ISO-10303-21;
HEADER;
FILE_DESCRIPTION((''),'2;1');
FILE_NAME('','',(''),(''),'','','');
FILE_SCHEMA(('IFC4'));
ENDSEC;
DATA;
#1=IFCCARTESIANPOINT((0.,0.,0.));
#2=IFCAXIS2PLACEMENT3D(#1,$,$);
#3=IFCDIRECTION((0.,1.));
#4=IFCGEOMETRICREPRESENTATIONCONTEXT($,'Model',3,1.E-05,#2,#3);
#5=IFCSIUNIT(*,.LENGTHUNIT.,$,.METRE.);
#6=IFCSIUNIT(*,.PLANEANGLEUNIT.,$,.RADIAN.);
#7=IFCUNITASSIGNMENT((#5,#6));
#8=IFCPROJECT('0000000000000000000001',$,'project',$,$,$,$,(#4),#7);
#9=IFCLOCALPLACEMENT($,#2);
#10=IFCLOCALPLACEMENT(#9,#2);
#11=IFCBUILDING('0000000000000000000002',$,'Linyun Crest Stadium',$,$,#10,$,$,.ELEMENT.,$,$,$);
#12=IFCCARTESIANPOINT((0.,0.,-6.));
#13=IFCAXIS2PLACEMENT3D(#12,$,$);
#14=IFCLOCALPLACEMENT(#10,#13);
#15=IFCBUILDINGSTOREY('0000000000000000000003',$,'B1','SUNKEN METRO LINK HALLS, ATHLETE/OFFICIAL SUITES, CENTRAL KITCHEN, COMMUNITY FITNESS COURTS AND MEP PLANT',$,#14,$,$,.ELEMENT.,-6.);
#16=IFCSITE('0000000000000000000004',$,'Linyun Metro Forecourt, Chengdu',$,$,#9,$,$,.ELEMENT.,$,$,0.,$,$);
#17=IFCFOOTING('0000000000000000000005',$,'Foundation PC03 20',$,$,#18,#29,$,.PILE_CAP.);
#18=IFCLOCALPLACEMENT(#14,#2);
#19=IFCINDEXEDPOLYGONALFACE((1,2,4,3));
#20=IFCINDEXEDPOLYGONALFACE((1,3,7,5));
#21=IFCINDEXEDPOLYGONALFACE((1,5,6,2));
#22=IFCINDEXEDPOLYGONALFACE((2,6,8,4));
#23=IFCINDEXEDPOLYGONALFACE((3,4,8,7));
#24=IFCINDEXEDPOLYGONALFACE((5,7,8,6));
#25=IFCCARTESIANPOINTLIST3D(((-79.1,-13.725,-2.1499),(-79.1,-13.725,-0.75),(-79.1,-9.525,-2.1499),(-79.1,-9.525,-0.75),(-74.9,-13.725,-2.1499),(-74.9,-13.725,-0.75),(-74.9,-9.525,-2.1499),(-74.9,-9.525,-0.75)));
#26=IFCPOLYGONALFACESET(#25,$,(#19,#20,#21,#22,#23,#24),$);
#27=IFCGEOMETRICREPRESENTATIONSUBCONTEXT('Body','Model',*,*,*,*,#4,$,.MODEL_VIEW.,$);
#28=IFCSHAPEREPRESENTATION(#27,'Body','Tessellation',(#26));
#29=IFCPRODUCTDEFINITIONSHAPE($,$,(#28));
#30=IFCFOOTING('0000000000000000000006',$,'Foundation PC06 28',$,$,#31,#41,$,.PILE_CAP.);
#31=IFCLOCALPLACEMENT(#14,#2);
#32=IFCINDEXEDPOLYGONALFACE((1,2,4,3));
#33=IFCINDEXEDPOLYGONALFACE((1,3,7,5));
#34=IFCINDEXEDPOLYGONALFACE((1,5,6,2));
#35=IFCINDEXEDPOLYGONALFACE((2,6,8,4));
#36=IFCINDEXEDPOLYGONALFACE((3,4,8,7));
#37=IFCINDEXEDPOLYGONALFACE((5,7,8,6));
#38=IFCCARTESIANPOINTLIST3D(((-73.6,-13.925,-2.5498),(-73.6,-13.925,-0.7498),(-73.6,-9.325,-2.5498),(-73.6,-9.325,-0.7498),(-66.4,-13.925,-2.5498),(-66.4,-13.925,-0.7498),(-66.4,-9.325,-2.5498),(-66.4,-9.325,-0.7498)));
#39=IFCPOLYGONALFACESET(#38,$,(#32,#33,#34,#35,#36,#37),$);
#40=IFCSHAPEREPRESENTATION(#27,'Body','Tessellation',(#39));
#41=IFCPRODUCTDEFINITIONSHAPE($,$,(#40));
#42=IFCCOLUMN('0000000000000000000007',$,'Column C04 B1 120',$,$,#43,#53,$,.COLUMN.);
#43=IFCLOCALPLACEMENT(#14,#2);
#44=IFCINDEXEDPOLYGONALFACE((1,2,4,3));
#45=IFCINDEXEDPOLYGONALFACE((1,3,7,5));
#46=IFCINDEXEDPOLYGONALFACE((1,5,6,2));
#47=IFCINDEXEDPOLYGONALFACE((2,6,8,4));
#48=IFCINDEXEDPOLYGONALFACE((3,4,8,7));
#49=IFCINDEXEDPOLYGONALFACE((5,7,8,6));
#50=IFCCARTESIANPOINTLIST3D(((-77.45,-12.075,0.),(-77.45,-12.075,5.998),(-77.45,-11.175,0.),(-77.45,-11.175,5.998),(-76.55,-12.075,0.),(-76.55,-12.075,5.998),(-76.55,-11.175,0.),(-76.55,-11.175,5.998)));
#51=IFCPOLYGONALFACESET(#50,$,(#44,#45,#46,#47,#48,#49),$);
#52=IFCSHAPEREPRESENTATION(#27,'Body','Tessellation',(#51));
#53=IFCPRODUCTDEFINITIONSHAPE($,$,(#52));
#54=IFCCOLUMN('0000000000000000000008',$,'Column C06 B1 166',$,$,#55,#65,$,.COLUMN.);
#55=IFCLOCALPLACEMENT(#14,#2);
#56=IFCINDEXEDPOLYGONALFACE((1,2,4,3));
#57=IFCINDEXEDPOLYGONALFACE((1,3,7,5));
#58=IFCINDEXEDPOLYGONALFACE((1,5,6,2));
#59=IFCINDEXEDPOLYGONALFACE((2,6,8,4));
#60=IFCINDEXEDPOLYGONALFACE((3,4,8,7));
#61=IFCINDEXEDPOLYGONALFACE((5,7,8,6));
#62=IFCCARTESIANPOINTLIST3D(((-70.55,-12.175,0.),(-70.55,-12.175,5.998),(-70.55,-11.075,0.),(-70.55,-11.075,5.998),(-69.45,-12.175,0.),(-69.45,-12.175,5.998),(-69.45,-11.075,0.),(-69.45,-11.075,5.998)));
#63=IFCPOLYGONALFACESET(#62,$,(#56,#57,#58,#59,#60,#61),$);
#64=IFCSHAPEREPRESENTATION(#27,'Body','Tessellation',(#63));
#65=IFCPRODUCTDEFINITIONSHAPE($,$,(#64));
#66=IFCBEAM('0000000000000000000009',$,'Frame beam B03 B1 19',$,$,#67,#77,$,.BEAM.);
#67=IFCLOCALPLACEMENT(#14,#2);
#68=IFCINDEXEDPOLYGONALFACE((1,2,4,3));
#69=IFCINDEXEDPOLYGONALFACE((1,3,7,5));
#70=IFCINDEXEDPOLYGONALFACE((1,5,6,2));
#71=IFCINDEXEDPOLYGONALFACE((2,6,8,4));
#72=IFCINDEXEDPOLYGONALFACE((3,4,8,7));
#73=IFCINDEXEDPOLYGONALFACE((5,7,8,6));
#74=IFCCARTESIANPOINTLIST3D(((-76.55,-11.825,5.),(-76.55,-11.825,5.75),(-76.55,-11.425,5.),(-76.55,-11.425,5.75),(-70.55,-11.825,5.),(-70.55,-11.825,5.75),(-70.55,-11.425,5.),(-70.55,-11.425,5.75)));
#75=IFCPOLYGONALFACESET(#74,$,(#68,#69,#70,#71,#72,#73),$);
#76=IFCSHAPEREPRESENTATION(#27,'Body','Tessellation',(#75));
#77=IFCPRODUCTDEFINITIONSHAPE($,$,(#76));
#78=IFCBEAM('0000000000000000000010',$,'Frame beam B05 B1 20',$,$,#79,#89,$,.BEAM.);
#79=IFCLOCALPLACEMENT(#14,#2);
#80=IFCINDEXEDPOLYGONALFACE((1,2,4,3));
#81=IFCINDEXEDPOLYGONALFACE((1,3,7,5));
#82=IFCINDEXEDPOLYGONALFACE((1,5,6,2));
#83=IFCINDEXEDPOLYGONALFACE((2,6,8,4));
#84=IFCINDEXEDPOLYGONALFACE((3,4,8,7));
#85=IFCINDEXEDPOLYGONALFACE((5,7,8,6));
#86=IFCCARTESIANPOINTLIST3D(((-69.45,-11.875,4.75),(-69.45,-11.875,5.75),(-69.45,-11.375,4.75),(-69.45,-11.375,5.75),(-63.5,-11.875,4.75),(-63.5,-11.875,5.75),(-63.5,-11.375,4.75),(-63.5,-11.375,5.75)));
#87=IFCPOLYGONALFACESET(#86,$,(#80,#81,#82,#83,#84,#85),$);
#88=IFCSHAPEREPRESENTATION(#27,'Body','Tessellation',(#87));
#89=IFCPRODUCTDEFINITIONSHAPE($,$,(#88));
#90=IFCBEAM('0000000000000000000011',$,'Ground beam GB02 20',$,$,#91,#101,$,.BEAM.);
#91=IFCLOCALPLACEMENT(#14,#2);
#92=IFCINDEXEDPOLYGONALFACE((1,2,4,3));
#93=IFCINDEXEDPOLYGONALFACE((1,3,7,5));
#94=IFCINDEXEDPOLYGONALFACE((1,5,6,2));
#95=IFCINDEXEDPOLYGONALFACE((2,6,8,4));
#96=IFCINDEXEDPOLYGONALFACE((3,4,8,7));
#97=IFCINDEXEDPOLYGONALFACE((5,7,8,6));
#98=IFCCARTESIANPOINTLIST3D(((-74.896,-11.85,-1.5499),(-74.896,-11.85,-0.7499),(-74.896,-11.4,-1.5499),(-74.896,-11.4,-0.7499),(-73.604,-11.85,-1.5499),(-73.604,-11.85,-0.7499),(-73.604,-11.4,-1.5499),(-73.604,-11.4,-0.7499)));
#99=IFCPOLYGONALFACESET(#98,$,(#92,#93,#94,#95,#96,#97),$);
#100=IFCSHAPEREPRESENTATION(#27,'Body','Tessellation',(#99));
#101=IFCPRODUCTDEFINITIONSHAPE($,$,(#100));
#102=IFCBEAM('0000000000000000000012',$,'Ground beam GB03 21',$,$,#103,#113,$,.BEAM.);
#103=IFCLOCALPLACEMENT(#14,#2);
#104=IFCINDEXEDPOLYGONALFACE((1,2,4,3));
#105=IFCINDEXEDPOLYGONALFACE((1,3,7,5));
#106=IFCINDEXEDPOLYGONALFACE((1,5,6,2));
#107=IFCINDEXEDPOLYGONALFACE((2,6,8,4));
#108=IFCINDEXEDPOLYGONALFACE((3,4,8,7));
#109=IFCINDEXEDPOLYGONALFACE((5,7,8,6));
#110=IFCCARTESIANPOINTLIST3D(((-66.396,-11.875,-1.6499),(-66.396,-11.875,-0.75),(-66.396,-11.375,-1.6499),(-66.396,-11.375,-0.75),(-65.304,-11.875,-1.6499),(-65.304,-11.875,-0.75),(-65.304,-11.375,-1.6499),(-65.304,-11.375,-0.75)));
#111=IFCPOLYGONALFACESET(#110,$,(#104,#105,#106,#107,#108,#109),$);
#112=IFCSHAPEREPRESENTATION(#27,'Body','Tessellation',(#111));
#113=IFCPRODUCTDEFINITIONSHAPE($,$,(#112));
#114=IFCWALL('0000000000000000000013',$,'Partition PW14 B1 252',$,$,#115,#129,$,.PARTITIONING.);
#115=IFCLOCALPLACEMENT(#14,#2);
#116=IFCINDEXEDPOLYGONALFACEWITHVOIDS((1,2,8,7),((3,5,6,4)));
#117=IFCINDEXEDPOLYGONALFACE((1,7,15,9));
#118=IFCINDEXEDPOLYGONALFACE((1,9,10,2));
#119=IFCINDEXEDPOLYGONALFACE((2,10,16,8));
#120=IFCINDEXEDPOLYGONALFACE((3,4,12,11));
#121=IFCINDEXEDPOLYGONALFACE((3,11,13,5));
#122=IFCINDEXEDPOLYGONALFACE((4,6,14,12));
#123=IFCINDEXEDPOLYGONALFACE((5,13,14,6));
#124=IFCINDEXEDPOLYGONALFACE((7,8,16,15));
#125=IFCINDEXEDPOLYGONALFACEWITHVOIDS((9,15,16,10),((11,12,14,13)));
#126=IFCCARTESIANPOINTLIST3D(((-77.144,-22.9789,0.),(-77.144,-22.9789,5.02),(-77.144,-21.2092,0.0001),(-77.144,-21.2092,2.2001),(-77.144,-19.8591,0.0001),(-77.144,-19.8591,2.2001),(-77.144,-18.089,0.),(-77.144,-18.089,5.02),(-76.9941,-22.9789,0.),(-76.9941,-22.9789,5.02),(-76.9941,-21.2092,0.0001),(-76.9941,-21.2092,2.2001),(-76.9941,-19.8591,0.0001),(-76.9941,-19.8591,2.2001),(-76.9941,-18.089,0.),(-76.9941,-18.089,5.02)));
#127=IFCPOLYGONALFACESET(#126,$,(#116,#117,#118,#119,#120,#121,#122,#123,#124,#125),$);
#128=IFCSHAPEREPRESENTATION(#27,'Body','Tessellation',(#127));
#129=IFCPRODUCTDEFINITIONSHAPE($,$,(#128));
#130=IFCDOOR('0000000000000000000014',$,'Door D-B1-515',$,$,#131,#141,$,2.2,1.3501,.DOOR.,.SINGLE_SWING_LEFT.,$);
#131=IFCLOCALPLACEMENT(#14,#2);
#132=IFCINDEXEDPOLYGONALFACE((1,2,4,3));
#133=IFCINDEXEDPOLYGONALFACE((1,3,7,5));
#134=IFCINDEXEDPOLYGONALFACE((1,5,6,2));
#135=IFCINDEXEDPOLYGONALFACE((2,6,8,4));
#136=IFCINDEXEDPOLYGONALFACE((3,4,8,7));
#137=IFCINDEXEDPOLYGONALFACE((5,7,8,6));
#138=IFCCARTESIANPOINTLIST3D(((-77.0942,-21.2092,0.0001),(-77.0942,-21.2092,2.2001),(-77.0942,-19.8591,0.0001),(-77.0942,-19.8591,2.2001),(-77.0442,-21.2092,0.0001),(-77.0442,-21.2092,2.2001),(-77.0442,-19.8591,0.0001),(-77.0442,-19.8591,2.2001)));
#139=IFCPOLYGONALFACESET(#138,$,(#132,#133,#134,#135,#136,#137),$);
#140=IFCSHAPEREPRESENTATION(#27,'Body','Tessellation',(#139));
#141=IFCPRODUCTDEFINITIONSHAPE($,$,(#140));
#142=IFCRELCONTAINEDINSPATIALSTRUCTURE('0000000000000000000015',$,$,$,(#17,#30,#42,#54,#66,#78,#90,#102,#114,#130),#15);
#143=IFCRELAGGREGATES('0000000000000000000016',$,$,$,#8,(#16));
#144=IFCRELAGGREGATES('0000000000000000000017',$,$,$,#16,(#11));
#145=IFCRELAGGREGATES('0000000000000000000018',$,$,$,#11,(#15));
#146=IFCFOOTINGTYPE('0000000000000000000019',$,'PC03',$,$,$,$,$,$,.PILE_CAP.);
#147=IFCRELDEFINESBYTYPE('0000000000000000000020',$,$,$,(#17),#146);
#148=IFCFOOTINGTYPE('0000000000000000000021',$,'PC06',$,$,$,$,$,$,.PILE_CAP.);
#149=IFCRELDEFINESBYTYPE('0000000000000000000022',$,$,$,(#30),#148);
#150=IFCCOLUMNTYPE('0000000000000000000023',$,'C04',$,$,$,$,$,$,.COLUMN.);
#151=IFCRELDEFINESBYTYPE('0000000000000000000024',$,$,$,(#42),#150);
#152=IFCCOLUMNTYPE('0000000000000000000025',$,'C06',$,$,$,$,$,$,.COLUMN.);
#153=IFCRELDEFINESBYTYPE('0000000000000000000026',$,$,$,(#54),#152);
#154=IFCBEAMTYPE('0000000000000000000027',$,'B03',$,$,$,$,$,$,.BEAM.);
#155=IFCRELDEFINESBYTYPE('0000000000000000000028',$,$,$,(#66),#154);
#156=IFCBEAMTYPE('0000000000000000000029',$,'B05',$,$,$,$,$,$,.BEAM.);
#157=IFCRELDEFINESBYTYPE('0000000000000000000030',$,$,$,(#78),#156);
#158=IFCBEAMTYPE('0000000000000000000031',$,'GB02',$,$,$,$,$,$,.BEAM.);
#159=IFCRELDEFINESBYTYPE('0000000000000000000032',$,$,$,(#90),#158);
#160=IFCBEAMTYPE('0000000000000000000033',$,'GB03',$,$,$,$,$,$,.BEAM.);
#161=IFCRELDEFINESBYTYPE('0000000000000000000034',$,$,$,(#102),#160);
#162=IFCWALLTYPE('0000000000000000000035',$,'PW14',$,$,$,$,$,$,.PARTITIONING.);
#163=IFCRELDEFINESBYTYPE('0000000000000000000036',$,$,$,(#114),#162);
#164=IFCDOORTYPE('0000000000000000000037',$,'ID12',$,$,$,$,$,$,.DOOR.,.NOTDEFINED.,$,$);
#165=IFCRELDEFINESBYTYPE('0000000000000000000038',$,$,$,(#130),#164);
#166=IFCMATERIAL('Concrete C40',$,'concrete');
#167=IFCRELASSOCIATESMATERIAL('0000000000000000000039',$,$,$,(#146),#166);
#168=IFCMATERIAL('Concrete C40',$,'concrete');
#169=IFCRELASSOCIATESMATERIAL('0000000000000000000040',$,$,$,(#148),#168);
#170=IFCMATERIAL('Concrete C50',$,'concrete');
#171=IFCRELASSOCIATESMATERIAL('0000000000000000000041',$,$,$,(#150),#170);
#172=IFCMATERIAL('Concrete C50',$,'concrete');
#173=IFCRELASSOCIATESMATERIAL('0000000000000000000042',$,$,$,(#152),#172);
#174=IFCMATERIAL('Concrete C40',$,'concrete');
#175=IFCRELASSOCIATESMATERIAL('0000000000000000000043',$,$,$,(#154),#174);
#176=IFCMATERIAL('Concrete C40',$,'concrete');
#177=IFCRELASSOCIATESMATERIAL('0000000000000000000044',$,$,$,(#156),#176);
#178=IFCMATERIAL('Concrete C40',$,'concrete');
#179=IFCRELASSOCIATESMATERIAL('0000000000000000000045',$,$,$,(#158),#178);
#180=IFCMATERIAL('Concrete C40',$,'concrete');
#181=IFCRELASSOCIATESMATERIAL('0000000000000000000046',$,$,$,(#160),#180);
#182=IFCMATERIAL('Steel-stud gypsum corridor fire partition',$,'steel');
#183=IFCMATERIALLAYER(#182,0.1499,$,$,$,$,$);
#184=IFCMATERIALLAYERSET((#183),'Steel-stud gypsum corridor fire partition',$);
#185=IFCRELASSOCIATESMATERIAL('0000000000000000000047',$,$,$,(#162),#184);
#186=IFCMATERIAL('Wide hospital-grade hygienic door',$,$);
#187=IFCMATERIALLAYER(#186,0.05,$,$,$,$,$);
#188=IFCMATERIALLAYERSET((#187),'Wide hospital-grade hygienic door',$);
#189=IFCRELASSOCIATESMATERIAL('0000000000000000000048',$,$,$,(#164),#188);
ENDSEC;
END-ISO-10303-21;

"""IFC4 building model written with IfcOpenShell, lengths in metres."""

from ifc_helpers import new_model, si_unit, direction, frame, frame_2d, origin, origin_2d, place, context, subcontext, project, spatial, rectangle, extrude, material, layer, layer_set, material_profile, profile_set, type_object, element, fill, save


model = new_model("IFC4")

# Units and contexts
model_context = context("Model", 3, precision=1e-05, world=origin(), true_north=direction((0.0, 1.0)))
body_context = subcontext(model_context, "Body", "Model", "MODEL_VIEW")
ifc_project = project(units=[si_unit("LENGTHUNIT", "METRE"), si_unit("PLANEANGLEUNIT", "RADIAN")], contexts=[model_context])

# Site, building, storey
site_placement = place(None, origin())
site = spatial("IfcSite", under=ifc_project, at=site_placement, Name="Linyun Metro Forecourt, Chengdu", CompositionType="ELEMENT", RefElevation=0.0)
building_placement = place(site_placement, origin())
building = spatial("IfcBuilding", under=site, at=building_placement, Name="Linyun Crest Stadium", CompositionType="ELEMENT")
storey_placement = place(building_placement, frame((0.0, 0.0, -6.0)))
storey = spatial("IfcBuildingStorey", under=building, at=storey_placement, Name="B1", Description="SUNKEN METRO LINK HALLS, ATHLETE/OFFICIAL SUITES, CENTRAL KITCHEN, COMMUNITY FITNESS COURTS AND MEP PLANT", CompositionType="ELEMENT", Elevation=-6.0)

# Footings
ifc_material_1 = material(Name="Concrete C40", Category="concrete")
footing_type_1 = type_object("IfcFootingType", Name="PC03", PredefinedType="PILE_CAP", material=ifc_material_1)
footing_1_placement = place(storey_placement, frame((-77.0, -11.625, -2.1499), z_axis=(0.0, 0.0, 1.0), x_axis=(1.0, 0.0, 0.0)))
element("IfcFooting", 1, at=footing_1_placement, inside=storey, type_object=footing_type_1, Name="Foundation PC03 20", PredefinedType="PILE_CAP", context=body_context, shape_type="SweptSolid", body=[
    extrude(rectangle(XDim=4.2, YDim=4.2, at=origin_2d()), origin(), (0.0, 0.0, 1.0), 1.3999),
])
ifc_material_2 = material(Name="Concrete C40", Category="concrete")
footing_type_2 = type_object("IfcFootingType", Name="PC06", PredefinedType="PILE_CAP", material=ifc_material_2)
footing_2_placement = place(storey_placement, frame((-70.0, -11.625, -2.5498), z_axis=(0.0, 0.0, 1.0), x_axis=(1.0, 0.0, 0.0)))
element("IfcFooting", 2, at=footing_2_placement, inside=storey, type_object=footing_type_2, Name="Foundation PC06 28", PredefinedType="PILE_CAP", context=body_context, shape_type="SweptSolid", body=[
    extrude(rectangle(XDim=7.2, YDim=4.6001, at=origin_2d()), origin(), (0.0, 0.0, 1.0), 1.8),
])

# Columns
ifc_material_3 = material(Name="Concrete C50", Category="concrete")
ifc_material_profile_1 = material_profile(ifc_material_3, rectangle(XDim=0.8999, YDim=0.8999, at=origin_2d()), Name="RC 900x900")
ifc_profile_set_1 = profile_set([ifc_material_profile_1], Name="Concrete C50")
column_type_1 = type_object("IfcColumnType", Name="C04", PredefinedType="COLUMN", material=ifc_profile_set_1)
column_1_placement = place(storey_placement, frame((-77.0, -11.625, 0.0), z_axis=(0.0, 0.0, 1.0), x_axis=(1.0, 0.0, 0.0)))
element("IfcColumn", 3, at=column_1_placement, inside=storey, type_object=column_type_1, Name="Column C04 B1 120", PredefinedType="COLUMN", context=body_context, shape_type="SweptSolid", body=[
    extrude(rectangle(XDim=0.8999, YDim=0.8999, at=origin_2d()), origin(), (0.0, 0.0, 1.0), 5.998),
])
ifc_material_4 = material(Name="Concrete C50", Category="concrete")
ifc_material_profile_2 = material_profile(ifc_material_4, rectangle(XDim=1.1001, YDim=1.1001, at=origin_2d()), Name="RC 1100x1100")
ifc_profile_set_2 = profile_set([ifc_material_profile_2], Name="Concrete C50")
column_type_2 = type_object("IfcColumnType", Name="C06", PredefinedType="COLUMN", material=ifc_profile_set_2)
column_2_placement = place(storey_placement, frame((-70.0, -11.625, 0.0), z_axis=(0.0, 0.0, 1.0), x_axis=(1.0, 0.0, 0.0)))
element("IfcColumn", 4, at=column_2_placement, inside=storey, type_object=column_type_2, Name="Column C06 B1 166", PredefinedType="COLUMN", context=body_context, shape_type="SweptSolid", body=[
    extrude(rectangle(XDim=1.1001, YDim=1.1001, at=origin_2d()), origin(), (0.0, 0.0, 1.0), 5.998),
])

# Beams
ifc_material_5 = material(Name="Concrete C40", Category="concrete")
ifc_material_profile_3 = material_profile(ifc_material_5, rectangle(XDim=0.3999, YDim=0.75, at=origin_2d()), Name="RCB 750x400")
ifc_profile_set_3 = profile_set([ifc_material_profile_3], Name="Concrete C40")
beam_type_1 = type_object("IfcBeamType", Name="B03", PredefinedType="BEAM", material=ifc_profile_set_3)
beam_1_placement = place(storey_placement, frame((-76.55, -11.625, 5.375), z_axis=(1.0, 0.0, 0.0), x_axis=(0.0, 1.0, 0.0)))
element("IfcBeam", 5, at=beam_1_placement, inside=storey, type_object=beam_type_1, Name="Frame beam B03 B1 19", PredefinedType="BEAM", context=body_context, shape_type="SweptSolid", body=[
    extrude(rectangle(XDim=0.3999, YDim=0.75, at=origin_2d()), origin(), (0.0, 0.0, 1.0), 6.0),
])
ifc_material_6 = material(Name="Concrete C40", Category="concrete")
ifc_material_profile_4 = material_profile(ifc_material_6, rectangle(XDim=0.5, YDim=1.0, at=origin_2d()), Name="RCB 1000x500")
ifc_profile_set_4 = profile_set([ifc_material_profile_4], Name="Concrete C40")
beam_type_2 = type_object("IfcBeamType", Name="B05", PredefinedType="BEAM", material=ifc_profile_set_4)
beam_2_placement = place(storey_placement, frame((-69.45, -11.625, 5.25), z_axis=(1.0, 0.0, 0.0), x_axis=(0.0, 1.0, 0.0)))
element("IfcBeam", 6, at=beam_2_placement, inside=storey, type_object=beam_type_2, Name="Frame beam B05 B1 20", PredefinedType="BEAM", context=body_context, shape_type="SweptSolid", body=[
    extrude(rectangle(XDim=0.5, YDim=1.0, at=origin_2d()), origin(), (0.0, 0.0, 1.0), 5.95),
])
ifc_material_7 = material(Name="Concrete C40", Category="concrete")
ifc_material_profile_5 = material_profile(ifc_material_7, rectangle(XDim=0.45, YDim=0.8, at=origin_2d()), Name="RCB 800x450")
ifc_profile_set_5 = profile_set([ifc_material_profile_5], Name="Concrete C40")
beam_type_3 = type_object("IfcBeamType", Name="GB02", PredefinedType="BEAM", material=ifc_profile_set_5)
beam_3_placement = place(storey_placement, frame((-74.896, -11.625, -1.1499), z_axis=(1.0, 0.0, 0.0), x_axis=(0.0, 1.0, 0.0)))
element("IfcBeam", 7, at=beam_3_placement, inside=storey, type_object=beam_type_3, Name="Ground beam GB02 20", PredefinedType="BEAM", context=body_context, shape_type="SweptSolid", body=[
    extrude(rectangle(XDim=0.45, YDim=0.8, at=origin_2d()), origin(), (0.0, 0.0, 1.0), 1.292),
])
ifc_material_8 = material(Name="Concrete C40", Category="concrete")
ifc_material_profile_6 = material_profile(ifc_material_8, rectangle(XDim=0.5, YDim=0.8999, at=origin_2d()), Name="RCB 900x500")
ifc_profile_set_6 = profile_set([ifc_material_profile_6], Name="Concrete C40")
beam_type_4 = type_object("IfcBeamType", Name="GB03", PredefinedType="BEAM", material=ifc_profile_set_6)
beam_4_placement = place(storey_placement, frame((-66.396, -11.625, -1.2), z_axis=(1.0, 0.0, 0.0), x_axis=(0.0, 1.0, 0.0)))
element("IfcBeam", 8, at=beam_4_placement, inside=storey, type_object=beam_type_4, Name="Ground beam GB03 21", PredefinedType="BEAM", context=body_context, shape_type="SweptSolid", body=[
    extrude(rectangle(XDim=0.5, YDim=0.8999, at=origin_2d()), origin(), (0.0, 0.0, 1.0), 1.092),
])

# Wall, opening, door
ifc_material_9 = material(Name="Steel-stud gypsum corridor fire partition", Category="steel")
ifc_layer_1 = layer(ifc_material_9, 0.1499)
ifc_layer_set_1 = layer_set([ifc_layer_1], Name="Steel-stud gypsum corridor fire partition")
wall_type_1 = type_object("IfcWallType", Name="PW14", PredefinedType="PARTITIONING", material=ifc_layer_set_1)
wall_1_placement = place(storey_placement, frame((-77.0691, -18.0891, 0.0), z_axis=(0.0, 0.0, 1.0), x_axis=(0.0, -1.0, 0.0)))
wall_1 = element("IfcWall", 9, at=wall_1_placement, inside=storey, type_object=wall_type_1, Name="Partition PW14 B1 252", PredefinedType="PARTITIONING", context=body_context, shape_type="SweptSolid", body=[
    extrude(rectangle(XDim=4.8899, YDim=0.1499, at=frame_2d((2.4448, 0.0))), origin(), (0.0, 0.0, 1.0), 5.02),
])
opening_1_placement = place(wall_1_placement, frame((1.77, 0.0, 0.0)))
opening_1 = element("IfcOpeningElement", 10, at=opening_1_placement, cuts=wall_1, PredefinedType="OPENING", context=body_context, shape_type="SweptSolid", body=[
    extrude(rectangle(XDim=1.3501, YDim=2.2, at=frame_2d((0.675, 1.1001))), frame((0.0, 0.085, 0.0), z_axis=(0.0, -1.0, 0.0), x_axis=(1.0, 0.0, 0.0)), (0.0, 0.0, 1.0), 0.1699),
])
ifc_material_10 = material(Name="Wide hospital-grade hygienic door")
ifc_layer_2 = layer(ifc_material_10, 0.05)
ifc_layer_set_2 = layer_set([ifc_layer_2], Name="Wide hospital-grade hygienic door")
door_type_1 = type_object("IfcDoorType", Name="ID12", OperationType="NOTDEFINED", PredefinedType="DOOR", material=ifc_layer_set_2)
door_1_placement = place(opening_1_placement, origin())
door_1 = element("IfcDoor", 11, at=door_1_placement, inside=storey, type_object=door_type_1, Name="Door D-B1-515", OperationType="SINGLE_SWING_LEFT", OverallHeight=2.2, OverallWidth=1.3501, PredefinedType="DOOR", context=body_context, shape_type="SweptSolid", body=[
    extrude(rectangle(XDim=1.3501, YDim=2.2, at=frame_2d((0.675, 1.1001))), frame((0.0, 0.0249, 0.0), z_axis=(0.0, -1.0, 0.0), x_axis=(1.0, 0.0, 0.0)), (0.0, 0.0, 1.0), 0.05),
])
fill(opening_1, door_1)

save(model, "model.ifc")
